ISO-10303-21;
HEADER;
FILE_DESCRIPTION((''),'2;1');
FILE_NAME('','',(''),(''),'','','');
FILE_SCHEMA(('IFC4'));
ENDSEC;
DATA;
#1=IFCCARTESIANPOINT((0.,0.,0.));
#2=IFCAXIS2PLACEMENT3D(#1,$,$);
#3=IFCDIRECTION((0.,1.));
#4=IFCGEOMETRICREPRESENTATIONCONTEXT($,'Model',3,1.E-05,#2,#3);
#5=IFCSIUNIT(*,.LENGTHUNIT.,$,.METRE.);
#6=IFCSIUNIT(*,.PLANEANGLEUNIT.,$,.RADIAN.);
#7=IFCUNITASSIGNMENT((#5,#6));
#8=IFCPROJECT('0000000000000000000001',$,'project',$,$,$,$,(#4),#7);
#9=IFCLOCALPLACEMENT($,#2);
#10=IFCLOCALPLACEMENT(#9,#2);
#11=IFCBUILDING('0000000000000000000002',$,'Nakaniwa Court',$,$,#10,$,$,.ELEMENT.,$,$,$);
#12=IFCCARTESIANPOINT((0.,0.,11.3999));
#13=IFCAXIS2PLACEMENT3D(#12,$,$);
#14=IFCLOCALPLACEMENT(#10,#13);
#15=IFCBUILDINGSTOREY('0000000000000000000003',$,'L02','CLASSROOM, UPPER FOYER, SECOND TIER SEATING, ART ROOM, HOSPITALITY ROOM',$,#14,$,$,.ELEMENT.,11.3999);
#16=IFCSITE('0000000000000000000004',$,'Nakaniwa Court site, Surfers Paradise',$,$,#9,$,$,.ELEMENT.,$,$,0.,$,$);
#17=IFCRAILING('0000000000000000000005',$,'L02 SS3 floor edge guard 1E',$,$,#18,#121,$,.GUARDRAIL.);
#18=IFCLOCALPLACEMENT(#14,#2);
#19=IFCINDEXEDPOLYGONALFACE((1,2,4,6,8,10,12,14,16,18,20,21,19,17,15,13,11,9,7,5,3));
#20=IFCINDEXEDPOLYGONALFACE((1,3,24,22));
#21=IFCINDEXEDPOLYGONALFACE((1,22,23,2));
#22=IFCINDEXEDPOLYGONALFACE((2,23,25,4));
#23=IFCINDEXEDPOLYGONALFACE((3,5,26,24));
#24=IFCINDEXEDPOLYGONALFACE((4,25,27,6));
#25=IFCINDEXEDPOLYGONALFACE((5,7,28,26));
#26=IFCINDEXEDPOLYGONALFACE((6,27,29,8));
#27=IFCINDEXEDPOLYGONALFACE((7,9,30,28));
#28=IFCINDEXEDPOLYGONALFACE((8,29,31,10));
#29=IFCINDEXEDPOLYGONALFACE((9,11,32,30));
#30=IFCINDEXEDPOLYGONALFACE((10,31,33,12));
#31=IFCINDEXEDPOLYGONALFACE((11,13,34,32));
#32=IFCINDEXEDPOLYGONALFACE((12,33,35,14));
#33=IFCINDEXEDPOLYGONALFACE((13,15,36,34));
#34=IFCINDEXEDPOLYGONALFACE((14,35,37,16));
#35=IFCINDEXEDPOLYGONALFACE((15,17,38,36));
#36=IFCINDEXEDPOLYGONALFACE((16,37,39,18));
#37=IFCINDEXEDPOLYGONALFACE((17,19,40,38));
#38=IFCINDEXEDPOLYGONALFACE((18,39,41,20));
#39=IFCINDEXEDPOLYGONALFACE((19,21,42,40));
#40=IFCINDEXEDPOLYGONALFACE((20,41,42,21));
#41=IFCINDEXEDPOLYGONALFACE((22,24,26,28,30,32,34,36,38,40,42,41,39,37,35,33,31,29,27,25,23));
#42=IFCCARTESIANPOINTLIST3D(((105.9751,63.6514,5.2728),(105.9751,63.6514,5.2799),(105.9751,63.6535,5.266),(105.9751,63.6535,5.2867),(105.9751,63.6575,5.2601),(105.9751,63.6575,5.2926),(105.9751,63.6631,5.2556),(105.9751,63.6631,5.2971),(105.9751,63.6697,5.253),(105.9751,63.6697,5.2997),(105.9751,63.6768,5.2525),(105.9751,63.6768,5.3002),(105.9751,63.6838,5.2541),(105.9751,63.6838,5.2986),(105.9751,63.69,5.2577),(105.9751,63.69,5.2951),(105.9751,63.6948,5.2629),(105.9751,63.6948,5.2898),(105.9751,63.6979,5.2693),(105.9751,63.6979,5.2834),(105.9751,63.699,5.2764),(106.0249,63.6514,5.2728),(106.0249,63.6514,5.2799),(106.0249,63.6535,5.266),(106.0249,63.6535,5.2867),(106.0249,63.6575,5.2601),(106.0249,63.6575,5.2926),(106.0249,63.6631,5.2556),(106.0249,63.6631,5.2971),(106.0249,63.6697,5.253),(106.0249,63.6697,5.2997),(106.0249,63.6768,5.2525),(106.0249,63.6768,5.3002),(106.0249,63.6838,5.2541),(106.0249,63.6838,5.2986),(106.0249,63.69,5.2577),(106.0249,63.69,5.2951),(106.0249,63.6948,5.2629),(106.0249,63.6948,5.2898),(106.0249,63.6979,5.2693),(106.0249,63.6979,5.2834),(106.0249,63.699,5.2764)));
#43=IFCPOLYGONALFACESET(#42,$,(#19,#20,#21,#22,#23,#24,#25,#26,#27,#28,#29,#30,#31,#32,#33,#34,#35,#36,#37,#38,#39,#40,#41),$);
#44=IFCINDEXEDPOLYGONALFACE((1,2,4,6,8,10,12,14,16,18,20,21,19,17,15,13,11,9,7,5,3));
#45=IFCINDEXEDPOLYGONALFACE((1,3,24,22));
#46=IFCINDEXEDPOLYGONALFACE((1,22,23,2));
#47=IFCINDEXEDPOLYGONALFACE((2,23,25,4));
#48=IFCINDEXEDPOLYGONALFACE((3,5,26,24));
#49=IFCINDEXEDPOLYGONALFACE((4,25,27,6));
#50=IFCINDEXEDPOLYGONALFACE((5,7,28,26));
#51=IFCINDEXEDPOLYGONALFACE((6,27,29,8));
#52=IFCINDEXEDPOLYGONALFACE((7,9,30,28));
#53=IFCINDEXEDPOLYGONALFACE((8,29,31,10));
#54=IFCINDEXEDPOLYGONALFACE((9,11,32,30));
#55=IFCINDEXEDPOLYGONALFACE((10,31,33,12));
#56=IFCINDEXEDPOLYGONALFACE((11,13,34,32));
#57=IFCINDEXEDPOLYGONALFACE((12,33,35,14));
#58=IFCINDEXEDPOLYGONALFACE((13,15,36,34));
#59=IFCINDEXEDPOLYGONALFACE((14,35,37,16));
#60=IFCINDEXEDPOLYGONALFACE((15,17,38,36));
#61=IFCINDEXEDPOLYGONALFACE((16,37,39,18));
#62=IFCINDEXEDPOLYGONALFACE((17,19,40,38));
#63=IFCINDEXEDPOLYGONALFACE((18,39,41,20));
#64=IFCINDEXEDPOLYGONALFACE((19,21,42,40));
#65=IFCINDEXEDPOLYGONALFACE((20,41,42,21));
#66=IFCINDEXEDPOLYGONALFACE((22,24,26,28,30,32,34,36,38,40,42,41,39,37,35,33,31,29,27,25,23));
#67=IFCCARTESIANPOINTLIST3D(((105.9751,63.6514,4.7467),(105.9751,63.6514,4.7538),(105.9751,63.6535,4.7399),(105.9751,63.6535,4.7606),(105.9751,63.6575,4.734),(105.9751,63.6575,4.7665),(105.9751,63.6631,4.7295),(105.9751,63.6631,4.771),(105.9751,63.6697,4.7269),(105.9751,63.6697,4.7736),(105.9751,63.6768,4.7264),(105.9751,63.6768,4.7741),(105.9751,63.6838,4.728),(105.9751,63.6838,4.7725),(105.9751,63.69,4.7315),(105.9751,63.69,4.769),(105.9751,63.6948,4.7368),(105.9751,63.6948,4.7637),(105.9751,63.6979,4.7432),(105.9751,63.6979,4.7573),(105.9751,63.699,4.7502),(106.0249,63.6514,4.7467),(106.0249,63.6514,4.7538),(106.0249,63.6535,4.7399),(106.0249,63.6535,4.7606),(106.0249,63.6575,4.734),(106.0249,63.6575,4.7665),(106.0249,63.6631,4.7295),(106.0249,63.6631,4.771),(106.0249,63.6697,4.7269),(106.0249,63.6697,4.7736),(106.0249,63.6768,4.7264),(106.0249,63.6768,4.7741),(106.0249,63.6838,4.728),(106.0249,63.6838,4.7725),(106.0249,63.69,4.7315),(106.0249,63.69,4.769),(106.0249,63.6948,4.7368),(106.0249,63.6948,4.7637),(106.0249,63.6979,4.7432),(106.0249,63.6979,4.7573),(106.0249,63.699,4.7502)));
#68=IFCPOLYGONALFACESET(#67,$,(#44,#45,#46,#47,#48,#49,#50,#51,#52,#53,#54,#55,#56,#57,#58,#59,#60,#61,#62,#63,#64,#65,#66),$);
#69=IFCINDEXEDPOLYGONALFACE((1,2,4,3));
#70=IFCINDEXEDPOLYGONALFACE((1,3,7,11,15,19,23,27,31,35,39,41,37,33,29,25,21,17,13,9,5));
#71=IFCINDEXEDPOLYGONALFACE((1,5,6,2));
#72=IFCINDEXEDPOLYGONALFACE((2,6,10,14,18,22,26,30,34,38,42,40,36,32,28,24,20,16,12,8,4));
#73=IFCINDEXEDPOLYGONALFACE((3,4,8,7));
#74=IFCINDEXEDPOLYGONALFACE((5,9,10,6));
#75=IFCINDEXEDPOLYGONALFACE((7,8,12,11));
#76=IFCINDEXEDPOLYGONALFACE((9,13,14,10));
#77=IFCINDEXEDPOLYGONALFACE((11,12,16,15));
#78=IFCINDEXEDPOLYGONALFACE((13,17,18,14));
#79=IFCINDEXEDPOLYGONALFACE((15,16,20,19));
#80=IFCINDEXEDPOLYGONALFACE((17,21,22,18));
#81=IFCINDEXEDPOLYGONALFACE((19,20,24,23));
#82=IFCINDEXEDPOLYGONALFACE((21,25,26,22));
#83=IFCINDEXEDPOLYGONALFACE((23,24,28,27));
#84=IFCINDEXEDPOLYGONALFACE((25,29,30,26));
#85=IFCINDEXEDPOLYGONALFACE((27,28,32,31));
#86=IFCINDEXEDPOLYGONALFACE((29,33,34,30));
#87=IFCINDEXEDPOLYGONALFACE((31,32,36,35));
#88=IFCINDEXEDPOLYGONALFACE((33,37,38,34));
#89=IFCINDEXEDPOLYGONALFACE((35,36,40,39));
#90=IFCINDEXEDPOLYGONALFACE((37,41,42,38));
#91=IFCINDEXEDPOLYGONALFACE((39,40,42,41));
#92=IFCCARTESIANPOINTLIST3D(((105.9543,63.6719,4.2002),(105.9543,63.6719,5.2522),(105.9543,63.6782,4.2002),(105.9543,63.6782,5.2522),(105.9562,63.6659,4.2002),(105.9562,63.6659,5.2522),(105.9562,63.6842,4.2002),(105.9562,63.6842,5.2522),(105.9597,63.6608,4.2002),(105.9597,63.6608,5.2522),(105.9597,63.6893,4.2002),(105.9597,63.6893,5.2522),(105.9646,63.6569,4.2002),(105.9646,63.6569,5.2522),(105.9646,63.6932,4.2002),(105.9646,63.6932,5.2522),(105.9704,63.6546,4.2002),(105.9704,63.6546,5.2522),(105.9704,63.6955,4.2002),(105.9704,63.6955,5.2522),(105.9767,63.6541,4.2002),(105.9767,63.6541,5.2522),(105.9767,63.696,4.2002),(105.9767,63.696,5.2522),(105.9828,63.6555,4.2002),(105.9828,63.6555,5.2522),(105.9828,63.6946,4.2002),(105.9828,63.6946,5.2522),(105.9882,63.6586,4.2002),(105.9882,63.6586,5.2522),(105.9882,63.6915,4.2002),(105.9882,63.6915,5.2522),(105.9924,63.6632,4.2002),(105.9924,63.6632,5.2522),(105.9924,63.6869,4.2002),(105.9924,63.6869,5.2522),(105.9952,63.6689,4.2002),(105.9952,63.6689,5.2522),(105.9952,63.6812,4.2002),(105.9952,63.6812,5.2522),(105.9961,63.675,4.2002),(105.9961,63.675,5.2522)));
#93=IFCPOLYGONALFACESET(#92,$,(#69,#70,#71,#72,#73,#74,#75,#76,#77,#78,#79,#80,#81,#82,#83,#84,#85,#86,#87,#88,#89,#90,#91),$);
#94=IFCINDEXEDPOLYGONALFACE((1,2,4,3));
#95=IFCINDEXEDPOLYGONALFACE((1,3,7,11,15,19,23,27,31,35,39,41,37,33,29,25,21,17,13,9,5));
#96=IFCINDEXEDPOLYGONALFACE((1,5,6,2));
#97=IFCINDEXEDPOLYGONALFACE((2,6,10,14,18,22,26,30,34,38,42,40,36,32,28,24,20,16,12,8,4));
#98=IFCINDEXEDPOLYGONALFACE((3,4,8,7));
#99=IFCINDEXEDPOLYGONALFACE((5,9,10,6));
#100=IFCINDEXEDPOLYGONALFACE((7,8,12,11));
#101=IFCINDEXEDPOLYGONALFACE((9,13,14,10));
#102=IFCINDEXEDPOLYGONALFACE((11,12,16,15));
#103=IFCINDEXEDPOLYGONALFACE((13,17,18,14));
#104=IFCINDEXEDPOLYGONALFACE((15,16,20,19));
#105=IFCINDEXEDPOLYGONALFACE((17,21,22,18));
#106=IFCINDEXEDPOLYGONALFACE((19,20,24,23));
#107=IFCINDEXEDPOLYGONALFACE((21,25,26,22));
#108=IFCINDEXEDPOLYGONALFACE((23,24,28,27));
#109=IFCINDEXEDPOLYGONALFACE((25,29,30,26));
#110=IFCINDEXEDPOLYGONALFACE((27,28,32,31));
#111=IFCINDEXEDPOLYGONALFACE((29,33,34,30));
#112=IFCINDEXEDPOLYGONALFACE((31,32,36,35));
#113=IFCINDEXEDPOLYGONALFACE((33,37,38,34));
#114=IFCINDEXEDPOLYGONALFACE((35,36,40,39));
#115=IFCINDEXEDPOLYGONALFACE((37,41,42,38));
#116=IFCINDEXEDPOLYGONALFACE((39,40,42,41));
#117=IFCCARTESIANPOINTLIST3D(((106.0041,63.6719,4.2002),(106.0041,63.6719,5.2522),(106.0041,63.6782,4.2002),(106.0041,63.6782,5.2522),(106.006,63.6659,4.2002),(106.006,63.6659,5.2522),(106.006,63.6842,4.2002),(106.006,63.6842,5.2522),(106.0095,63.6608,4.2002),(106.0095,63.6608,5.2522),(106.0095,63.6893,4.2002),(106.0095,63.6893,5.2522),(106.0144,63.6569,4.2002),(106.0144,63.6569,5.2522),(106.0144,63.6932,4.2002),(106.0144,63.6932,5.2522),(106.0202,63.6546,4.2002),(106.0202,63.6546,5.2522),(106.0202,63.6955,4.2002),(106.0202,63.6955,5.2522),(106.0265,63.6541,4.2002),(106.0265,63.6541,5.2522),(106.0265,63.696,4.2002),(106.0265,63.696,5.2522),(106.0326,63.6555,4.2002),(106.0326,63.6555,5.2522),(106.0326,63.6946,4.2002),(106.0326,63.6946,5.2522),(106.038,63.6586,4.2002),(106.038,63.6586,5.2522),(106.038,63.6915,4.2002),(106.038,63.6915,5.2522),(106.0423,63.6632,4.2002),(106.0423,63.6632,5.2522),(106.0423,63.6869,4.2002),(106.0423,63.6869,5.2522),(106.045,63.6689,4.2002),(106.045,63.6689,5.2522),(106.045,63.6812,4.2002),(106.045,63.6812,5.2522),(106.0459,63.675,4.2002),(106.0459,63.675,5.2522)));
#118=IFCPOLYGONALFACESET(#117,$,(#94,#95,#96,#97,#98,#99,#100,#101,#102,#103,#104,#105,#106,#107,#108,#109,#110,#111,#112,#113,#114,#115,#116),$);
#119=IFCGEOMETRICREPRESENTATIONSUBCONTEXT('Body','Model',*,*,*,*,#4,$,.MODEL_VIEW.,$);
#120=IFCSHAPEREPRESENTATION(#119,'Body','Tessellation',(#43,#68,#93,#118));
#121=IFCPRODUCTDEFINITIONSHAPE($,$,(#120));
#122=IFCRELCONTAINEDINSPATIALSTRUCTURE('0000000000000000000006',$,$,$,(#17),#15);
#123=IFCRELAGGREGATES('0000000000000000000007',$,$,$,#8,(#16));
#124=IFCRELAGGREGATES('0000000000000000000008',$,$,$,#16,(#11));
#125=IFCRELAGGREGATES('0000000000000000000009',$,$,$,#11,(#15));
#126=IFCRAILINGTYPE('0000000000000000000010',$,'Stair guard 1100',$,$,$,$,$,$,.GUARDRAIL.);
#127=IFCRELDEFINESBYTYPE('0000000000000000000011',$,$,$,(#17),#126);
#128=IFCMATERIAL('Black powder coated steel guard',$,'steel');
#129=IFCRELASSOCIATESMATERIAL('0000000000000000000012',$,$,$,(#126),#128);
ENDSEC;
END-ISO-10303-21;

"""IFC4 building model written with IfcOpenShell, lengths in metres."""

from ifc_helpers import new_model, si_unit, direction, frame, origin, origin_2d, place, context, subcontext, project, spatial, circle, extrude, material, type_object, element, save


model = new_model("IFC4")

# Units and contexts
model_context = context("Model", 3, precision=1e-05, world=origin(), true_north=direction((0.0, 1.0)))
body_context = subcontext(model_context, "Body", "Model", "MODEL_VIEW")
ifc_project = project(units=[si_unit("LENGTHUNIT", "METRE"), si_unit("PLANEANGLEUNIT", "RADIAN")], contexts=[model_context])

# Site, building, storey
site_placement = place(None, origin())
site = spatial("IfcSite", under=ifc_project, at=site_placement, Name="Nakaniwa Court site, Surfers Paradise", CompositionType="ELEMENT", RefElevation=0.0)
building_placement = place(site_placement, origin())
building = spatial("IfcBuilding", under=site, at=building_placement, Name="Nakaniwa Court", CompositionType="ELEMENT")
storey_placement = place(building_placement, frame((0.0, 0.0, 11.3999)))
storey = spatial("IfcBuildingStorey", under=building, at=storey_placement, Name="L02", Description="CLASSROOM, UPPER FOYER, SECOND TIER SEATING, ART ROOM, HOSPITALITY ROOM", CompositionType="ELEMENT", Elevation=11.3999)

# Railing
ifc_material_1 = material(Name="Black powder coated steel guard", Category="steel")
railing_type = type_object("IfcRailingType", Name="Stair guard 1100", PredefinedType="GUARDRAIL", material=ifc_material_1)
railing_1_placement = place(storey_placement, frame((105.9751, 63.675, 4.2002)))
element("IfcRailing", 1, at=railing_1_placement, inside=storey, type_object=railing_type, Name="L02 SS3 floor edge guard 1E", PredefinedType="GUARDRAIL", context=body_context, shape_type="SweptSolid", body=[
    extrude(circle(Radius=0.0239, at=origin_2d()), frame((0.0, 0.0, 1.0762), z_axis=(1.0, 0.0, 0.0), x_axis=(0.0, 1.0, 0.0)), (0.0, 0.0, 1.0), 0.0498),
    extrude(circle(Radius=0.0239, at=origin_2d()), frame((0.0, 0.0, 0.55), z_axis=(1.0, 0.0, 0.0), x_axis=(0.0, 1.0, 0.0)), (0.0, 0.0, 1.0), 0.0498),
    extrude(circle(Radius=0.021, at=origin_2d()), origin(), (0.0, 0.0, 1.0), 1.052),
    extrude(circle(Radius=0.021, at=origin_2d()), frame((0.0498, 0.0, 0.0)), (0.0, 0.0, 1.0), 1.052),
])

save(model, "model.ifc")
